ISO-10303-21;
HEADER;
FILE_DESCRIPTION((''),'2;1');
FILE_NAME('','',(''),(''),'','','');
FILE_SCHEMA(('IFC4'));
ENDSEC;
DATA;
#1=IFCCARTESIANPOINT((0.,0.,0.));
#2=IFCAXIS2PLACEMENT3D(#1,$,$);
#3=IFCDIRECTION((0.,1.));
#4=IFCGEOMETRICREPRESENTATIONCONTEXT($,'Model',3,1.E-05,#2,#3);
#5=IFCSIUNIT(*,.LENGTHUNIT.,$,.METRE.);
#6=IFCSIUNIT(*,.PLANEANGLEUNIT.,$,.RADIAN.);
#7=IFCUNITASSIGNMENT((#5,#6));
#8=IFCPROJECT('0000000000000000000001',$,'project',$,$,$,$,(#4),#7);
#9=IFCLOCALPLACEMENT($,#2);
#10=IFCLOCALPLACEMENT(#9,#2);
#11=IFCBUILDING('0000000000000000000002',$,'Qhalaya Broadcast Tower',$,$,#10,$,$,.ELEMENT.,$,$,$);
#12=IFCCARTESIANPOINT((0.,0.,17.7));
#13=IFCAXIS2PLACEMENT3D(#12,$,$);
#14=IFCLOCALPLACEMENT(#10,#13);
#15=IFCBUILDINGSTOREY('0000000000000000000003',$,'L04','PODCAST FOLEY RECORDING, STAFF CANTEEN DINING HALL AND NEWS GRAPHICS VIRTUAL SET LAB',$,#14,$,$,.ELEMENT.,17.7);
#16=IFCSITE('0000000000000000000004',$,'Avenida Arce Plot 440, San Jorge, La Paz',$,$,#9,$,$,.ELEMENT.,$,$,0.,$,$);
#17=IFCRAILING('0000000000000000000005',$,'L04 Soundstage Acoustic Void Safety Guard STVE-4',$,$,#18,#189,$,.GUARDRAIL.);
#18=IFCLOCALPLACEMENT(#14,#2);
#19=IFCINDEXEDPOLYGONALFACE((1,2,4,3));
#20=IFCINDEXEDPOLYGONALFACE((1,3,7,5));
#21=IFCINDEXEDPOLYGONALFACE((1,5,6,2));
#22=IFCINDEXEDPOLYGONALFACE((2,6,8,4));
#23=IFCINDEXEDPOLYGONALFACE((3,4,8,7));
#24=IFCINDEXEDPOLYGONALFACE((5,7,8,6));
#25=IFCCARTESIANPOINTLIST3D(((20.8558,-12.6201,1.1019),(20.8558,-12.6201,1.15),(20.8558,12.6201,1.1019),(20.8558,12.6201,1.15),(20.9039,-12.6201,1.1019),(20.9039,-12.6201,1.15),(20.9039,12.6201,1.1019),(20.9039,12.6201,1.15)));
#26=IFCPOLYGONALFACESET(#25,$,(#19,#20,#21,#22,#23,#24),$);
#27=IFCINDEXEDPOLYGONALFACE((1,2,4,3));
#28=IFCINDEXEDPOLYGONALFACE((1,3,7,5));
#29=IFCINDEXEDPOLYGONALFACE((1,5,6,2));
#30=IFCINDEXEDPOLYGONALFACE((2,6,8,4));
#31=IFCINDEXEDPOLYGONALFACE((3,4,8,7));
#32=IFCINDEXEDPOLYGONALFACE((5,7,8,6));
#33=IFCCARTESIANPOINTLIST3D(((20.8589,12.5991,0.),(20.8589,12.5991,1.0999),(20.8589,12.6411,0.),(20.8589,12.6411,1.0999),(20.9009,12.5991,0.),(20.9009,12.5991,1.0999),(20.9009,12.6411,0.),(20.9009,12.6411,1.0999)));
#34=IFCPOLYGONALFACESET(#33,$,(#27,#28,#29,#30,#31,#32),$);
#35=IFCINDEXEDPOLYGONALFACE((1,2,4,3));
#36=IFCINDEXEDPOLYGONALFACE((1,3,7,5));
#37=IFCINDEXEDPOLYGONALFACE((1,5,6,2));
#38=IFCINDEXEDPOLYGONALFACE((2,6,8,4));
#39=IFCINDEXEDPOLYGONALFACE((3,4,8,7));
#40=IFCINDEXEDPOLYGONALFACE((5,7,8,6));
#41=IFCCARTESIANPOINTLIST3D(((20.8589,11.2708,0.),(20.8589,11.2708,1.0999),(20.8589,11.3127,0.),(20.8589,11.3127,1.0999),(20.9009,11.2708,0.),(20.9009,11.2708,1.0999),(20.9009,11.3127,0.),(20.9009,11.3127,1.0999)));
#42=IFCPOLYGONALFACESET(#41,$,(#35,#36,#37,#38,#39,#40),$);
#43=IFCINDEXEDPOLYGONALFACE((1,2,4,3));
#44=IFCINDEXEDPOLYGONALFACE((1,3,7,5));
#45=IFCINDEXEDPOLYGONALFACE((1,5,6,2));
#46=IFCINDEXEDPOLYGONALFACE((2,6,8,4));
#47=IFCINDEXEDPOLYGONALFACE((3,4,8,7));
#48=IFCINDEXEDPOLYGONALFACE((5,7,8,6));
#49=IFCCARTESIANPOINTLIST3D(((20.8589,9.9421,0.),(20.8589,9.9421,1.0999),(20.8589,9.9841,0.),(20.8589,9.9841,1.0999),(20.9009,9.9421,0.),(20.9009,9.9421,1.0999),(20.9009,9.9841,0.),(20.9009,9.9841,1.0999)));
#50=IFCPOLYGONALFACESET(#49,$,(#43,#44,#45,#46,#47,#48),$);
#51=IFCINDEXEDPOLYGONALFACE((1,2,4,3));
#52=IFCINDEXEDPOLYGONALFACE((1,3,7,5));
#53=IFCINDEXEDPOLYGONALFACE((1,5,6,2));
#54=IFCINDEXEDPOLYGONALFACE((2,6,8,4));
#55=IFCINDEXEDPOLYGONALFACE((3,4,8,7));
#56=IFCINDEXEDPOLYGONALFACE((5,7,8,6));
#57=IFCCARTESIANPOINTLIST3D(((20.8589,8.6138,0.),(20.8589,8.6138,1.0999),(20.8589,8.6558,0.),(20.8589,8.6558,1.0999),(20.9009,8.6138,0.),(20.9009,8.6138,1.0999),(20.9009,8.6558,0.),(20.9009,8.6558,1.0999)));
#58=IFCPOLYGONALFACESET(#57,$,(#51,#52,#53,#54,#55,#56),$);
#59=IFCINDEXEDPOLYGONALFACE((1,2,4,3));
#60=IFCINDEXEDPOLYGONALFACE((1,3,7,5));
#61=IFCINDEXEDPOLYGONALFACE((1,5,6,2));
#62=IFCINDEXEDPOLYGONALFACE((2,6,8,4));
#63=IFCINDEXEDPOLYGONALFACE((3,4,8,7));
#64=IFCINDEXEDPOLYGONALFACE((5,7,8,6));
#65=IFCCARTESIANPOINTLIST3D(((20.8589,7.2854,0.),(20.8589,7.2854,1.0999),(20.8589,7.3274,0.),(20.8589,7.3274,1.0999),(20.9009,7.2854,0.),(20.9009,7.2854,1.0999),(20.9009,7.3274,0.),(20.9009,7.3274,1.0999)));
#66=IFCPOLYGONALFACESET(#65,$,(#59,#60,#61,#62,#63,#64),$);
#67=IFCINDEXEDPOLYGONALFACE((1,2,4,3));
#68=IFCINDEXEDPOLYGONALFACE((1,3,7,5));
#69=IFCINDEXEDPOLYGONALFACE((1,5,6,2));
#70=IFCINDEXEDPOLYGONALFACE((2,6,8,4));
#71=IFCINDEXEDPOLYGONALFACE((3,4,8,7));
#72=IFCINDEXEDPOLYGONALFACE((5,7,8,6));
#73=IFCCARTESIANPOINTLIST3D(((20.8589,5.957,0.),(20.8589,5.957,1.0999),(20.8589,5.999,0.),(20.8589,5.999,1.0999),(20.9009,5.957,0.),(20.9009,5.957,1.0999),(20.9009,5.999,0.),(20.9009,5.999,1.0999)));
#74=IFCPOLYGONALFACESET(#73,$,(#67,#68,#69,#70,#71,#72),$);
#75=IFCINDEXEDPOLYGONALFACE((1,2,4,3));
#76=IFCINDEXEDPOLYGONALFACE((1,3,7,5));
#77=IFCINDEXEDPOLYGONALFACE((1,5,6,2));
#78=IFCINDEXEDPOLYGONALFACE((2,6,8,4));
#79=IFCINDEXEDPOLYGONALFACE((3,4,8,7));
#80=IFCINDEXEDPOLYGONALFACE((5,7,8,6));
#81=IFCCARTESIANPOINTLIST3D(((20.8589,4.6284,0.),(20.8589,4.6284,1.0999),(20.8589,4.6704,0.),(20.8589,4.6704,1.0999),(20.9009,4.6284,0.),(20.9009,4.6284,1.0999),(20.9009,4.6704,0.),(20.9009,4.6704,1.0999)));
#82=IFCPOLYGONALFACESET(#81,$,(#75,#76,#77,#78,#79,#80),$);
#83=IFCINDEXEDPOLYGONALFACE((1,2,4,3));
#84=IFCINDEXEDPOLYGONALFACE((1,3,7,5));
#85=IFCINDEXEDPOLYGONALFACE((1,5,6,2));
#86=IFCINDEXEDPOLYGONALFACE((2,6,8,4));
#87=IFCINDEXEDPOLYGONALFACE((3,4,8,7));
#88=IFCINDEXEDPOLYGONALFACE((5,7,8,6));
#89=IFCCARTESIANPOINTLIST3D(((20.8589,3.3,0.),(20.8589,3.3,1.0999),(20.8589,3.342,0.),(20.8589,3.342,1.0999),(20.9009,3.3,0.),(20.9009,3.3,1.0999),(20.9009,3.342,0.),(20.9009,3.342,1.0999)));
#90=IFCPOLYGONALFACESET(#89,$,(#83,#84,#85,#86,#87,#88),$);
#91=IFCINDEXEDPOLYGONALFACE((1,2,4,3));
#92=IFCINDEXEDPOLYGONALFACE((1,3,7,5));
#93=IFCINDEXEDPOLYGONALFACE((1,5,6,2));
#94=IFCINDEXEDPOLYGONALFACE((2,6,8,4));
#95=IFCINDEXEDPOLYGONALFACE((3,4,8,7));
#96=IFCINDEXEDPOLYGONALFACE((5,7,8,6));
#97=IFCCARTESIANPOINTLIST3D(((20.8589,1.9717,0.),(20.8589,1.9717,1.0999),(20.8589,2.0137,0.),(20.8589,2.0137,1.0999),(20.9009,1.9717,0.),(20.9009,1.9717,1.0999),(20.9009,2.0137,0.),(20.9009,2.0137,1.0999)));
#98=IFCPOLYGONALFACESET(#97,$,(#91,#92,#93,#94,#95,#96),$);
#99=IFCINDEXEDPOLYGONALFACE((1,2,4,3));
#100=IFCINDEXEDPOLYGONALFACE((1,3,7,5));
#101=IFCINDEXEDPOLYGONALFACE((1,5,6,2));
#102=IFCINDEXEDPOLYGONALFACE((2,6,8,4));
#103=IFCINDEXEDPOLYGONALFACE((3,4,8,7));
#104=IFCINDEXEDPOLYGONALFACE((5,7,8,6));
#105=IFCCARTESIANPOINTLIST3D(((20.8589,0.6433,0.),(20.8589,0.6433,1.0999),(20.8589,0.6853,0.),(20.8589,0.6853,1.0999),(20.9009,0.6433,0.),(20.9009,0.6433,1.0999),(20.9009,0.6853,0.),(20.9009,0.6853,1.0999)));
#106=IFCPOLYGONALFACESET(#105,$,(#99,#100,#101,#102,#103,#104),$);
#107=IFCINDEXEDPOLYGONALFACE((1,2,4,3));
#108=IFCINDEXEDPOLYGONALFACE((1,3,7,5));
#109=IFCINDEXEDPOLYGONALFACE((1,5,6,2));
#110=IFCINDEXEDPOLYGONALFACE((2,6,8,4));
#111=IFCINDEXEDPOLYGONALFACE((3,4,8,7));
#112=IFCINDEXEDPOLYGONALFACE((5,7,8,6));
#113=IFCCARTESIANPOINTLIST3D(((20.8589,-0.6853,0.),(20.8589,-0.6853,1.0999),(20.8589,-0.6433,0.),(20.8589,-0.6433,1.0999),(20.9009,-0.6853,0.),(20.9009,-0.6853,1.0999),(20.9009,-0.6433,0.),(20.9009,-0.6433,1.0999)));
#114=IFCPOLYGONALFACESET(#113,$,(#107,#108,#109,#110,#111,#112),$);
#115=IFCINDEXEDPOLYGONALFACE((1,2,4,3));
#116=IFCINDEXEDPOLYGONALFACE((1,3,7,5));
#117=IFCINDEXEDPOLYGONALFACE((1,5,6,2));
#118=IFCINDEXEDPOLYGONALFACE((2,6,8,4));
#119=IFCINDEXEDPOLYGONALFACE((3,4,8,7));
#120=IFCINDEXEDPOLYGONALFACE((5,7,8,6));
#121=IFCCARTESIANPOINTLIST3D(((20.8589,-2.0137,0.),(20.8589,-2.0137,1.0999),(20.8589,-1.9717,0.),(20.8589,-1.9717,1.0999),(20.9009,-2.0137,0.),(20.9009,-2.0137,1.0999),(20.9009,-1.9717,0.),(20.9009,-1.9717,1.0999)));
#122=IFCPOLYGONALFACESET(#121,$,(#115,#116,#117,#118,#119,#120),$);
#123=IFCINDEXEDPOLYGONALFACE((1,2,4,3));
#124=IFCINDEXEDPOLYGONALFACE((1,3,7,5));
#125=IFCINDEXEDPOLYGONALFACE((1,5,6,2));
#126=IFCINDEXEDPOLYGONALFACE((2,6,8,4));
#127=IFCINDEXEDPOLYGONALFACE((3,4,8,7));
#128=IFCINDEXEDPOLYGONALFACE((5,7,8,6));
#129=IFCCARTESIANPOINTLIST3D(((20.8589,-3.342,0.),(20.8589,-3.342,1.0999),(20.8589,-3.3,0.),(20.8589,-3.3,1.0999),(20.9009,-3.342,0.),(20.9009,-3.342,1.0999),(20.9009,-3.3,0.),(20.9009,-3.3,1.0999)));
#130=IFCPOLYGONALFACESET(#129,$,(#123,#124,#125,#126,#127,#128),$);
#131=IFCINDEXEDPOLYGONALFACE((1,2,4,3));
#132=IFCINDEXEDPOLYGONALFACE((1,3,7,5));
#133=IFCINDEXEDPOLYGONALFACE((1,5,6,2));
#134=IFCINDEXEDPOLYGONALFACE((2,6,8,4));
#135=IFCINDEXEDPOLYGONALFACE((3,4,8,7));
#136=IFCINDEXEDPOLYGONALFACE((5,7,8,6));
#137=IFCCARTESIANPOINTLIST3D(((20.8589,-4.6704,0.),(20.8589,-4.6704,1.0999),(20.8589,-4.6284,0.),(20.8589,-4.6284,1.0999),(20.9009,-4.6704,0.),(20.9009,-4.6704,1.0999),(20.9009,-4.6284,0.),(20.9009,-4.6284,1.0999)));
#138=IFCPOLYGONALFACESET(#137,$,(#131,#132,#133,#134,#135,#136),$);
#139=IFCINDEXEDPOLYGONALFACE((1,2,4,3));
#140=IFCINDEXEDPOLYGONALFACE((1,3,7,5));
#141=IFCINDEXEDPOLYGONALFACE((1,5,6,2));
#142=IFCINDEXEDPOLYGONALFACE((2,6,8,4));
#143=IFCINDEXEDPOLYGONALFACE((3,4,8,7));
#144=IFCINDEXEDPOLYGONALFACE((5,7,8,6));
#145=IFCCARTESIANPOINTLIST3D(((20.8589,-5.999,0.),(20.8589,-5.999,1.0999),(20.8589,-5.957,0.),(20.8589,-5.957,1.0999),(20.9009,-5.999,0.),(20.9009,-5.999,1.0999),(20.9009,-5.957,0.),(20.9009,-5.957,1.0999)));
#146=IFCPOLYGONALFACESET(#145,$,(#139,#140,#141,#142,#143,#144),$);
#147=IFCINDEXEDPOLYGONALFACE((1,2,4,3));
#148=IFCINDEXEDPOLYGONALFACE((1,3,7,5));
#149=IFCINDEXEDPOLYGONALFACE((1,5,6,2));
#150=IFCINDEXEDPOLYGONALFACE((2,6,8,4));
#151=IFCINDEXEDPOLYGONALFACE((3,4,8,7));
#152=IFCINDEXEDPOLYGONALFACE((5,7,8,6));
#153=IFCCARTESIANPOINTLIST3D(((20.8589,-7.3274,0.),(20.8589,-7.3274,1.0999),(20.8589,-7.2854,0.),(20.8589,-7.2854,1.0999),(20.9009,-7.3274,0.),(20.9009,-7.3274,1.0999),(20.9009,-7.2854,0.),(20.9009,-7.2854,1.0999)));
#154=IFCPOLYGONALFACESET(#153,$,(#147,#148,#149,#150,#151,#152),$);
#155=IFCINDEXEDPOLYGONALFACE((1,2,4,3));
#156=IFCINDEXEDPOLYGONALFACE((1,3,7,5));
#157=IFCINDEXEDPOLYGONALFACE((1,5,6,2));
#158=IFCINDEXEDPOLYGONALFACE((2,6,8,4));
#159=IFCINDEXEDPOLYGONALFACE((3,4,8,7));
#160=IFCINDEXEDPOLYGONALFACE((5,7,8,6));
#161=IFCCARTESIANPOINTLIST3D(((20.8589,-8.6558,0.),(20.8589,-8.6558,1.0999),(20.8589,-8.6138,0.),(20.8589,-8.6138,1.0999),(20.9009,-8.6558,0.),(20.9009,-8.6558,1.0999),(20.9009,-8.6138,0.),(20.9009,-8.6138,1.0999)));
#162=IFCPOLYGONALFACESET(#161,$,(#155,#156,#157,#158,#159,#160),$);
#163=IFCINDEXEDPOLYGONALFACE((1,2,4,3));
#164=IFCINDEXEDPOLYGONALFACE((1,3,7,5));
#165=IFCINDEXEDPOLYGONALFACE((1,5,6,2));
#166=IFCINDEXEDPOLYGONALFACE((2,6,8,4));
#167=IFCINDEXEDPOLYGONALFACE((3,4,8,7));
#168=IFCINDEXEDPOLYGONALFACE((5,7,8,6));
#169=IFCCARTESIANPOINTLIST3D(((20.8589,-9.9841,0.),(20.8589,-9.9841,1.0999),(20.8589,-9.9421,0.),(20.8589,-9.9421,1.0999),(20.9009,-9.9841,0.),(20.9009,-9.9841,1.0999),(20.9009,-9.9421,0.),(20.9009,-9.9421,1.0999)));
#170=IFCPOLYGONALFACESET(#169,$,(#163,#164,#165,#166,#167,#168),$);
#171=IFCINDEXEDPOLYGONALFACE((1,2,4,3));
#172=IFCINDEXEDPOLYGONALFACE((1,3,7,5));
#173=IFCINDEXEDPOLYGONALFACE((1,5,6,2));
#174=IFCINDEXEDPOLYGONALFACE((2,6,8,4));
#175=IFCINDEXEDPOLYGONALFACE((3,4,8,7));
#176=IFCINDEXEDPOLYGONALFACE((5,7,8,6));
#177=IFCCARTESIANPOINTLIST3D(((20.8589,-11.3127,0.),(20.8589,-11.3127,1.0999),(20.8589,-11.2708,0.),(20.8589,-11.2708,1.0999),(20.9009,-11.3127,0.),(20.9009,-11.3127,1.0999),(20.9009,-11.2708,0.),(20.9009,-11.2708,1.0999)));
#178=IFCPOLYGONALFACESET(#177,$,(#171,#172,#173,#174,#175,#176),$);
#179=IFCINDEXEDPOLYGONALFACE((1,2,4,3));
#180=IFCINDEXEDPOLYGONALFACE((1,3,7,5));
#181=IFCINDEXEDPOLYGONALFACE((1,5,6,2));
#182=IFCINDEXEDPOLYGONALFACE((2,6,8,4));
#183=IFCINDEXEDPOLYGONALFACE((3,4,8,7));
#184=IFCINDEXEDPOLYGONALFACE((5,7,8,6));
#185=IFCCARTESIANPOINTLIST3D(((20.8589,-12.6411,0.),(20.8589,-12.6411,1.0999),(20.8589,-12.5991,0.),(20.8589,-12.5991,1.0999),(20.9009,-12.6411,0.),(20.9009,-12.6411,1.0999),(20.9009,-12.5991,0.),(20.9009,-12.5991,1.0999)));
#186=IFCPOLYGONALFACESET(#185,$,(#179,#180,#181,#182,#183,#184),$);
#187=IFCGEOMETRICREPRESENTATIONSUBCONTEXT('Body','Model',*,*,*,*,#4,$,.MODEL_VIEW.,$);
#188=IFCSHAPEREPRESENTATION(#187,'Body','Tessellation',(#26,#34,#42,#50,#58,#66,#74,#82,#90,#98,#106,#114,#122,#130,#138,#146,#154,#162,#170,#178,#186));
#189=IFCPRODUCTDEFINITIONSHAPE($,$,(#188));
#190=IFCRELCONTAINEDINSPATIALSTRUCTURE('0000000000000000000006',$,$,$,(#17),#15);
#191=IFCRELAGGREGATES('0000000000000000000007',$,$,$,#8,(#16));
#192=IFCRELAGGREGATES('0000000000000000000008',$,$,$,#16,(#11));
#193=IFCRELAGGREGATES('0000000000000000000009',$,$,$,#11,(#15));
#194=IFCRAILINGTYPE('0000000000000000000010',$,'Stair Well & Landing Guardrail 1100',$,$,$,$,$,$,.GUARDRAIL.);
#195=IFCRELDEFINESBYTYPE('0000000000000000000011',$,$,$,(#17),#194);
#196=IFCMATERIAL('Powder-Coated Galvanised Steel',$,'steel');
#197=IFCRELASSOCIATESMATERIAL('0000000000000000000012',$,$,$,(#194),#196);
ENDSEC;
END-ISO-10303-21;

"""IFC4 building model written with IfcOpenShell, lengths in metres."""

from ifc_helpers import new_model, si_unit, direction, frame, origin, origin_2d, place, context, subcontext, project, spatial, rectangle, extrude, material, type_object, element, save


model = new_model("IFC4")

# Units and contexts
model_context = context("Model", 3, precision=1e-05, world=origin(), true_north=direction((0.0, 1.0)))
body_context = subcontext(model_context, "Body", "Model", "MODEL_VIEW")
ifc_project = project(units=[si_unit("LENGTHUNIT", "METRE"), si_unit("PLANEANGLEUNIT", "RADIAN")], contexts=[model_context])

# Site, building, storey
site_placement = place(None, origin())
site = spatial("IfcSite", under=ifc_project, at=site_placement, Name="Avenida Arce Plot 440, San Jorge, La Paz", CompositionType="ELEMENT", RefElevation=0.0)
building_placement = place(site_placement, origin())
building = spatial("IfcBuilding", under=site, at=building_placement, Name="Qhalaya Broadcast Tower", CompositionType="ELEMENT")
storey_placement = place(building_placement, frame((0.0, 0.0, 17.7)))
storey = spatial("IfcBuildingStorey", under=building, at=storey_placement, Name="L04", Description="PODCAST FOLEY RECORDING, STAFF CANTEEN DINING HALL AND NEWS GRAPHICS VIRTUAL SET LAB", CompositionType="ELEMENT", Elevation=17.7)

# Railing
ifc_material_1 = material(Name="Powder-Coated Galvanised Steel", Category="steel")
railing_type = type_object("IfcRailingType", Name="Stair Well & Landing Guardrail 1100", PredefinedType="GUARDRAIL", material=ifc_material_1)
railing_1_placement = place(storey_placement, frame((20.8799, 12.6201, 0.0)))
element("IfcRailing", 1, at=railing_1_placement, inside=storey, type_object=railing_type, Name="L04 Soundstage Acoustic Void Safety Guard STVE-4", PredefinedType="GUARDRAIL", context=body_context, shape_type="SweptSolid", body=[
    extrude(rectangle(XDim=0.0481, YDim=0.0481, at=origin_2d()), frame((0.0, 0.0, 1.126), z_axis=(0.0, -1.0, 0.0), x_axis=(1.0, 0.0, 0.0)), (0.0, 0.0, 1.0), 25.2402),
    extrude(rectangle(XDim=0.042, YDim=0.042, at=origin_2d()), origin(), (0.0, 0.0, 1.0), 1.0999),
    extrude(rectangle(XDim=0.042, YDim=0.042, at=origin_2d()), frame((0.0, -1.3284, 0.0)), (0.0, 0.0, 1.0), 1.0999),
    extrude(rectangle(XDim=0.042, YDim=0.042, at=origin_2d()), frame((0.0, -2.657, 0.0)), (0.0, 0.0, 1.0), 1.0999),
    extrude(rectangle(XDim=0.042, YDim=0.042, at=origin_2d()), frame((0.0, -3.9854, 0.0)), (0.0, 0.0, 1.0), 1.0999),
    extrude(rectangle(XDim=0.042, YDim=0.042, at=origin_2d()), frame((0.0, -5.3137, 0.0)), (0.0, 0.0, 1.0), 1.0999),
    extrude(rectangle(XDim=0.042, YDim=0.042, at=origin_2d()), frame((0.0, -6.6421, 0.0)), (0.0, 0.0, 1.0), 1.0999),
    extrude(rectangle(XDim=0.042, YDim=0.042, at=origin_2d()), frame((0.0, -7.9707, 0.0)), (0.0, 0.0, 1.0), 1.0999),
    extrude(rectangle(XDim=0.042, YDim=0.042, at=origin_2d()), frame((0.0, -9.2991, 0.0)), (0.0, 0.0, 1.0), 1.0999),
    extrude(rectangle(XDim=0.042, YDim=0.042, at=origin_2d()), frame((0.0, -10.6274, 0.0)), (0.0, 0.0, 1.0), 1.0999),
    extrude(rectangle(XDim=0.042, YDim=0.042, at=origin_2d()), frame((0.0, -11.9558, 0.0)), (0.0, 0.0, 1.0), 1.0999),
    extrude(rectangle(XDim=0.042, YDim=0.042, at=origin_2d()), frame((0.0, -13.2844, 0.0)), (0.0, 0.0, 1.0), 1.0999),
    extrude(rectangle(XDim=0.042, YDim=0.042, at=origin_2d()), frame((0.0, -14.6128, 0.0)), (0.0, 0.0, 1.0), 1.0999),
    extrude(rectangle(XDim=0.042, YDim=0.042, at=origin_2d()), frame((0.0, -15.9412, 0.0)), (0.0, 0.0, 1.0), 1.0999),
    extrude(rectangle(XDim=0.042, YDim=0.042, at=origin_2d()), frame((0.0, -17.2695, 0.0)), (0.0, 0.0, 1.0), 1.0999),
    extrude(rectangle(XDim=0.042, YDim=0.042, at=origin_2d()), frame((0.0, -18.5981, 0.0)), (0.0, 0.0, 1.0), 1.0999),
    extrude(rectangle(XDim=0.042, YDim=0.042, at=origin_2d()), frame((0.0, -19.9265, 0.0)), (0.0, 0.0, 1.0), 1.0999),
    extrude(rectangle(XDim=0.042, YDim=0.042, at=origin_2d()), frame((0.0, -21.2549, 0.0)), (0.0, 0.0, 1.0), 1.0999),
    extrude(rectangle(XDim=0.042, YDim=0.042, at=origin_2d()), frame((0.0, -22.5833, 0.0)), (0.0, 0.0, 1.0), 1.0999),
    extrude(rectangle(XDim=0.042, YDim=0.042, at=origin_2d()), frame((0.0, -23.9119, 0.0)), (0.0, 0.0, 1.0), 1.0999),
    extrude(rectangle(XDim=0.042, YDim=0.042, at=origin_2d()), frame((0.0, -25.2402, 0.0)), (0.0, 0.0, 1.0), 1.0999),
])

save(model, "model.ifc")
